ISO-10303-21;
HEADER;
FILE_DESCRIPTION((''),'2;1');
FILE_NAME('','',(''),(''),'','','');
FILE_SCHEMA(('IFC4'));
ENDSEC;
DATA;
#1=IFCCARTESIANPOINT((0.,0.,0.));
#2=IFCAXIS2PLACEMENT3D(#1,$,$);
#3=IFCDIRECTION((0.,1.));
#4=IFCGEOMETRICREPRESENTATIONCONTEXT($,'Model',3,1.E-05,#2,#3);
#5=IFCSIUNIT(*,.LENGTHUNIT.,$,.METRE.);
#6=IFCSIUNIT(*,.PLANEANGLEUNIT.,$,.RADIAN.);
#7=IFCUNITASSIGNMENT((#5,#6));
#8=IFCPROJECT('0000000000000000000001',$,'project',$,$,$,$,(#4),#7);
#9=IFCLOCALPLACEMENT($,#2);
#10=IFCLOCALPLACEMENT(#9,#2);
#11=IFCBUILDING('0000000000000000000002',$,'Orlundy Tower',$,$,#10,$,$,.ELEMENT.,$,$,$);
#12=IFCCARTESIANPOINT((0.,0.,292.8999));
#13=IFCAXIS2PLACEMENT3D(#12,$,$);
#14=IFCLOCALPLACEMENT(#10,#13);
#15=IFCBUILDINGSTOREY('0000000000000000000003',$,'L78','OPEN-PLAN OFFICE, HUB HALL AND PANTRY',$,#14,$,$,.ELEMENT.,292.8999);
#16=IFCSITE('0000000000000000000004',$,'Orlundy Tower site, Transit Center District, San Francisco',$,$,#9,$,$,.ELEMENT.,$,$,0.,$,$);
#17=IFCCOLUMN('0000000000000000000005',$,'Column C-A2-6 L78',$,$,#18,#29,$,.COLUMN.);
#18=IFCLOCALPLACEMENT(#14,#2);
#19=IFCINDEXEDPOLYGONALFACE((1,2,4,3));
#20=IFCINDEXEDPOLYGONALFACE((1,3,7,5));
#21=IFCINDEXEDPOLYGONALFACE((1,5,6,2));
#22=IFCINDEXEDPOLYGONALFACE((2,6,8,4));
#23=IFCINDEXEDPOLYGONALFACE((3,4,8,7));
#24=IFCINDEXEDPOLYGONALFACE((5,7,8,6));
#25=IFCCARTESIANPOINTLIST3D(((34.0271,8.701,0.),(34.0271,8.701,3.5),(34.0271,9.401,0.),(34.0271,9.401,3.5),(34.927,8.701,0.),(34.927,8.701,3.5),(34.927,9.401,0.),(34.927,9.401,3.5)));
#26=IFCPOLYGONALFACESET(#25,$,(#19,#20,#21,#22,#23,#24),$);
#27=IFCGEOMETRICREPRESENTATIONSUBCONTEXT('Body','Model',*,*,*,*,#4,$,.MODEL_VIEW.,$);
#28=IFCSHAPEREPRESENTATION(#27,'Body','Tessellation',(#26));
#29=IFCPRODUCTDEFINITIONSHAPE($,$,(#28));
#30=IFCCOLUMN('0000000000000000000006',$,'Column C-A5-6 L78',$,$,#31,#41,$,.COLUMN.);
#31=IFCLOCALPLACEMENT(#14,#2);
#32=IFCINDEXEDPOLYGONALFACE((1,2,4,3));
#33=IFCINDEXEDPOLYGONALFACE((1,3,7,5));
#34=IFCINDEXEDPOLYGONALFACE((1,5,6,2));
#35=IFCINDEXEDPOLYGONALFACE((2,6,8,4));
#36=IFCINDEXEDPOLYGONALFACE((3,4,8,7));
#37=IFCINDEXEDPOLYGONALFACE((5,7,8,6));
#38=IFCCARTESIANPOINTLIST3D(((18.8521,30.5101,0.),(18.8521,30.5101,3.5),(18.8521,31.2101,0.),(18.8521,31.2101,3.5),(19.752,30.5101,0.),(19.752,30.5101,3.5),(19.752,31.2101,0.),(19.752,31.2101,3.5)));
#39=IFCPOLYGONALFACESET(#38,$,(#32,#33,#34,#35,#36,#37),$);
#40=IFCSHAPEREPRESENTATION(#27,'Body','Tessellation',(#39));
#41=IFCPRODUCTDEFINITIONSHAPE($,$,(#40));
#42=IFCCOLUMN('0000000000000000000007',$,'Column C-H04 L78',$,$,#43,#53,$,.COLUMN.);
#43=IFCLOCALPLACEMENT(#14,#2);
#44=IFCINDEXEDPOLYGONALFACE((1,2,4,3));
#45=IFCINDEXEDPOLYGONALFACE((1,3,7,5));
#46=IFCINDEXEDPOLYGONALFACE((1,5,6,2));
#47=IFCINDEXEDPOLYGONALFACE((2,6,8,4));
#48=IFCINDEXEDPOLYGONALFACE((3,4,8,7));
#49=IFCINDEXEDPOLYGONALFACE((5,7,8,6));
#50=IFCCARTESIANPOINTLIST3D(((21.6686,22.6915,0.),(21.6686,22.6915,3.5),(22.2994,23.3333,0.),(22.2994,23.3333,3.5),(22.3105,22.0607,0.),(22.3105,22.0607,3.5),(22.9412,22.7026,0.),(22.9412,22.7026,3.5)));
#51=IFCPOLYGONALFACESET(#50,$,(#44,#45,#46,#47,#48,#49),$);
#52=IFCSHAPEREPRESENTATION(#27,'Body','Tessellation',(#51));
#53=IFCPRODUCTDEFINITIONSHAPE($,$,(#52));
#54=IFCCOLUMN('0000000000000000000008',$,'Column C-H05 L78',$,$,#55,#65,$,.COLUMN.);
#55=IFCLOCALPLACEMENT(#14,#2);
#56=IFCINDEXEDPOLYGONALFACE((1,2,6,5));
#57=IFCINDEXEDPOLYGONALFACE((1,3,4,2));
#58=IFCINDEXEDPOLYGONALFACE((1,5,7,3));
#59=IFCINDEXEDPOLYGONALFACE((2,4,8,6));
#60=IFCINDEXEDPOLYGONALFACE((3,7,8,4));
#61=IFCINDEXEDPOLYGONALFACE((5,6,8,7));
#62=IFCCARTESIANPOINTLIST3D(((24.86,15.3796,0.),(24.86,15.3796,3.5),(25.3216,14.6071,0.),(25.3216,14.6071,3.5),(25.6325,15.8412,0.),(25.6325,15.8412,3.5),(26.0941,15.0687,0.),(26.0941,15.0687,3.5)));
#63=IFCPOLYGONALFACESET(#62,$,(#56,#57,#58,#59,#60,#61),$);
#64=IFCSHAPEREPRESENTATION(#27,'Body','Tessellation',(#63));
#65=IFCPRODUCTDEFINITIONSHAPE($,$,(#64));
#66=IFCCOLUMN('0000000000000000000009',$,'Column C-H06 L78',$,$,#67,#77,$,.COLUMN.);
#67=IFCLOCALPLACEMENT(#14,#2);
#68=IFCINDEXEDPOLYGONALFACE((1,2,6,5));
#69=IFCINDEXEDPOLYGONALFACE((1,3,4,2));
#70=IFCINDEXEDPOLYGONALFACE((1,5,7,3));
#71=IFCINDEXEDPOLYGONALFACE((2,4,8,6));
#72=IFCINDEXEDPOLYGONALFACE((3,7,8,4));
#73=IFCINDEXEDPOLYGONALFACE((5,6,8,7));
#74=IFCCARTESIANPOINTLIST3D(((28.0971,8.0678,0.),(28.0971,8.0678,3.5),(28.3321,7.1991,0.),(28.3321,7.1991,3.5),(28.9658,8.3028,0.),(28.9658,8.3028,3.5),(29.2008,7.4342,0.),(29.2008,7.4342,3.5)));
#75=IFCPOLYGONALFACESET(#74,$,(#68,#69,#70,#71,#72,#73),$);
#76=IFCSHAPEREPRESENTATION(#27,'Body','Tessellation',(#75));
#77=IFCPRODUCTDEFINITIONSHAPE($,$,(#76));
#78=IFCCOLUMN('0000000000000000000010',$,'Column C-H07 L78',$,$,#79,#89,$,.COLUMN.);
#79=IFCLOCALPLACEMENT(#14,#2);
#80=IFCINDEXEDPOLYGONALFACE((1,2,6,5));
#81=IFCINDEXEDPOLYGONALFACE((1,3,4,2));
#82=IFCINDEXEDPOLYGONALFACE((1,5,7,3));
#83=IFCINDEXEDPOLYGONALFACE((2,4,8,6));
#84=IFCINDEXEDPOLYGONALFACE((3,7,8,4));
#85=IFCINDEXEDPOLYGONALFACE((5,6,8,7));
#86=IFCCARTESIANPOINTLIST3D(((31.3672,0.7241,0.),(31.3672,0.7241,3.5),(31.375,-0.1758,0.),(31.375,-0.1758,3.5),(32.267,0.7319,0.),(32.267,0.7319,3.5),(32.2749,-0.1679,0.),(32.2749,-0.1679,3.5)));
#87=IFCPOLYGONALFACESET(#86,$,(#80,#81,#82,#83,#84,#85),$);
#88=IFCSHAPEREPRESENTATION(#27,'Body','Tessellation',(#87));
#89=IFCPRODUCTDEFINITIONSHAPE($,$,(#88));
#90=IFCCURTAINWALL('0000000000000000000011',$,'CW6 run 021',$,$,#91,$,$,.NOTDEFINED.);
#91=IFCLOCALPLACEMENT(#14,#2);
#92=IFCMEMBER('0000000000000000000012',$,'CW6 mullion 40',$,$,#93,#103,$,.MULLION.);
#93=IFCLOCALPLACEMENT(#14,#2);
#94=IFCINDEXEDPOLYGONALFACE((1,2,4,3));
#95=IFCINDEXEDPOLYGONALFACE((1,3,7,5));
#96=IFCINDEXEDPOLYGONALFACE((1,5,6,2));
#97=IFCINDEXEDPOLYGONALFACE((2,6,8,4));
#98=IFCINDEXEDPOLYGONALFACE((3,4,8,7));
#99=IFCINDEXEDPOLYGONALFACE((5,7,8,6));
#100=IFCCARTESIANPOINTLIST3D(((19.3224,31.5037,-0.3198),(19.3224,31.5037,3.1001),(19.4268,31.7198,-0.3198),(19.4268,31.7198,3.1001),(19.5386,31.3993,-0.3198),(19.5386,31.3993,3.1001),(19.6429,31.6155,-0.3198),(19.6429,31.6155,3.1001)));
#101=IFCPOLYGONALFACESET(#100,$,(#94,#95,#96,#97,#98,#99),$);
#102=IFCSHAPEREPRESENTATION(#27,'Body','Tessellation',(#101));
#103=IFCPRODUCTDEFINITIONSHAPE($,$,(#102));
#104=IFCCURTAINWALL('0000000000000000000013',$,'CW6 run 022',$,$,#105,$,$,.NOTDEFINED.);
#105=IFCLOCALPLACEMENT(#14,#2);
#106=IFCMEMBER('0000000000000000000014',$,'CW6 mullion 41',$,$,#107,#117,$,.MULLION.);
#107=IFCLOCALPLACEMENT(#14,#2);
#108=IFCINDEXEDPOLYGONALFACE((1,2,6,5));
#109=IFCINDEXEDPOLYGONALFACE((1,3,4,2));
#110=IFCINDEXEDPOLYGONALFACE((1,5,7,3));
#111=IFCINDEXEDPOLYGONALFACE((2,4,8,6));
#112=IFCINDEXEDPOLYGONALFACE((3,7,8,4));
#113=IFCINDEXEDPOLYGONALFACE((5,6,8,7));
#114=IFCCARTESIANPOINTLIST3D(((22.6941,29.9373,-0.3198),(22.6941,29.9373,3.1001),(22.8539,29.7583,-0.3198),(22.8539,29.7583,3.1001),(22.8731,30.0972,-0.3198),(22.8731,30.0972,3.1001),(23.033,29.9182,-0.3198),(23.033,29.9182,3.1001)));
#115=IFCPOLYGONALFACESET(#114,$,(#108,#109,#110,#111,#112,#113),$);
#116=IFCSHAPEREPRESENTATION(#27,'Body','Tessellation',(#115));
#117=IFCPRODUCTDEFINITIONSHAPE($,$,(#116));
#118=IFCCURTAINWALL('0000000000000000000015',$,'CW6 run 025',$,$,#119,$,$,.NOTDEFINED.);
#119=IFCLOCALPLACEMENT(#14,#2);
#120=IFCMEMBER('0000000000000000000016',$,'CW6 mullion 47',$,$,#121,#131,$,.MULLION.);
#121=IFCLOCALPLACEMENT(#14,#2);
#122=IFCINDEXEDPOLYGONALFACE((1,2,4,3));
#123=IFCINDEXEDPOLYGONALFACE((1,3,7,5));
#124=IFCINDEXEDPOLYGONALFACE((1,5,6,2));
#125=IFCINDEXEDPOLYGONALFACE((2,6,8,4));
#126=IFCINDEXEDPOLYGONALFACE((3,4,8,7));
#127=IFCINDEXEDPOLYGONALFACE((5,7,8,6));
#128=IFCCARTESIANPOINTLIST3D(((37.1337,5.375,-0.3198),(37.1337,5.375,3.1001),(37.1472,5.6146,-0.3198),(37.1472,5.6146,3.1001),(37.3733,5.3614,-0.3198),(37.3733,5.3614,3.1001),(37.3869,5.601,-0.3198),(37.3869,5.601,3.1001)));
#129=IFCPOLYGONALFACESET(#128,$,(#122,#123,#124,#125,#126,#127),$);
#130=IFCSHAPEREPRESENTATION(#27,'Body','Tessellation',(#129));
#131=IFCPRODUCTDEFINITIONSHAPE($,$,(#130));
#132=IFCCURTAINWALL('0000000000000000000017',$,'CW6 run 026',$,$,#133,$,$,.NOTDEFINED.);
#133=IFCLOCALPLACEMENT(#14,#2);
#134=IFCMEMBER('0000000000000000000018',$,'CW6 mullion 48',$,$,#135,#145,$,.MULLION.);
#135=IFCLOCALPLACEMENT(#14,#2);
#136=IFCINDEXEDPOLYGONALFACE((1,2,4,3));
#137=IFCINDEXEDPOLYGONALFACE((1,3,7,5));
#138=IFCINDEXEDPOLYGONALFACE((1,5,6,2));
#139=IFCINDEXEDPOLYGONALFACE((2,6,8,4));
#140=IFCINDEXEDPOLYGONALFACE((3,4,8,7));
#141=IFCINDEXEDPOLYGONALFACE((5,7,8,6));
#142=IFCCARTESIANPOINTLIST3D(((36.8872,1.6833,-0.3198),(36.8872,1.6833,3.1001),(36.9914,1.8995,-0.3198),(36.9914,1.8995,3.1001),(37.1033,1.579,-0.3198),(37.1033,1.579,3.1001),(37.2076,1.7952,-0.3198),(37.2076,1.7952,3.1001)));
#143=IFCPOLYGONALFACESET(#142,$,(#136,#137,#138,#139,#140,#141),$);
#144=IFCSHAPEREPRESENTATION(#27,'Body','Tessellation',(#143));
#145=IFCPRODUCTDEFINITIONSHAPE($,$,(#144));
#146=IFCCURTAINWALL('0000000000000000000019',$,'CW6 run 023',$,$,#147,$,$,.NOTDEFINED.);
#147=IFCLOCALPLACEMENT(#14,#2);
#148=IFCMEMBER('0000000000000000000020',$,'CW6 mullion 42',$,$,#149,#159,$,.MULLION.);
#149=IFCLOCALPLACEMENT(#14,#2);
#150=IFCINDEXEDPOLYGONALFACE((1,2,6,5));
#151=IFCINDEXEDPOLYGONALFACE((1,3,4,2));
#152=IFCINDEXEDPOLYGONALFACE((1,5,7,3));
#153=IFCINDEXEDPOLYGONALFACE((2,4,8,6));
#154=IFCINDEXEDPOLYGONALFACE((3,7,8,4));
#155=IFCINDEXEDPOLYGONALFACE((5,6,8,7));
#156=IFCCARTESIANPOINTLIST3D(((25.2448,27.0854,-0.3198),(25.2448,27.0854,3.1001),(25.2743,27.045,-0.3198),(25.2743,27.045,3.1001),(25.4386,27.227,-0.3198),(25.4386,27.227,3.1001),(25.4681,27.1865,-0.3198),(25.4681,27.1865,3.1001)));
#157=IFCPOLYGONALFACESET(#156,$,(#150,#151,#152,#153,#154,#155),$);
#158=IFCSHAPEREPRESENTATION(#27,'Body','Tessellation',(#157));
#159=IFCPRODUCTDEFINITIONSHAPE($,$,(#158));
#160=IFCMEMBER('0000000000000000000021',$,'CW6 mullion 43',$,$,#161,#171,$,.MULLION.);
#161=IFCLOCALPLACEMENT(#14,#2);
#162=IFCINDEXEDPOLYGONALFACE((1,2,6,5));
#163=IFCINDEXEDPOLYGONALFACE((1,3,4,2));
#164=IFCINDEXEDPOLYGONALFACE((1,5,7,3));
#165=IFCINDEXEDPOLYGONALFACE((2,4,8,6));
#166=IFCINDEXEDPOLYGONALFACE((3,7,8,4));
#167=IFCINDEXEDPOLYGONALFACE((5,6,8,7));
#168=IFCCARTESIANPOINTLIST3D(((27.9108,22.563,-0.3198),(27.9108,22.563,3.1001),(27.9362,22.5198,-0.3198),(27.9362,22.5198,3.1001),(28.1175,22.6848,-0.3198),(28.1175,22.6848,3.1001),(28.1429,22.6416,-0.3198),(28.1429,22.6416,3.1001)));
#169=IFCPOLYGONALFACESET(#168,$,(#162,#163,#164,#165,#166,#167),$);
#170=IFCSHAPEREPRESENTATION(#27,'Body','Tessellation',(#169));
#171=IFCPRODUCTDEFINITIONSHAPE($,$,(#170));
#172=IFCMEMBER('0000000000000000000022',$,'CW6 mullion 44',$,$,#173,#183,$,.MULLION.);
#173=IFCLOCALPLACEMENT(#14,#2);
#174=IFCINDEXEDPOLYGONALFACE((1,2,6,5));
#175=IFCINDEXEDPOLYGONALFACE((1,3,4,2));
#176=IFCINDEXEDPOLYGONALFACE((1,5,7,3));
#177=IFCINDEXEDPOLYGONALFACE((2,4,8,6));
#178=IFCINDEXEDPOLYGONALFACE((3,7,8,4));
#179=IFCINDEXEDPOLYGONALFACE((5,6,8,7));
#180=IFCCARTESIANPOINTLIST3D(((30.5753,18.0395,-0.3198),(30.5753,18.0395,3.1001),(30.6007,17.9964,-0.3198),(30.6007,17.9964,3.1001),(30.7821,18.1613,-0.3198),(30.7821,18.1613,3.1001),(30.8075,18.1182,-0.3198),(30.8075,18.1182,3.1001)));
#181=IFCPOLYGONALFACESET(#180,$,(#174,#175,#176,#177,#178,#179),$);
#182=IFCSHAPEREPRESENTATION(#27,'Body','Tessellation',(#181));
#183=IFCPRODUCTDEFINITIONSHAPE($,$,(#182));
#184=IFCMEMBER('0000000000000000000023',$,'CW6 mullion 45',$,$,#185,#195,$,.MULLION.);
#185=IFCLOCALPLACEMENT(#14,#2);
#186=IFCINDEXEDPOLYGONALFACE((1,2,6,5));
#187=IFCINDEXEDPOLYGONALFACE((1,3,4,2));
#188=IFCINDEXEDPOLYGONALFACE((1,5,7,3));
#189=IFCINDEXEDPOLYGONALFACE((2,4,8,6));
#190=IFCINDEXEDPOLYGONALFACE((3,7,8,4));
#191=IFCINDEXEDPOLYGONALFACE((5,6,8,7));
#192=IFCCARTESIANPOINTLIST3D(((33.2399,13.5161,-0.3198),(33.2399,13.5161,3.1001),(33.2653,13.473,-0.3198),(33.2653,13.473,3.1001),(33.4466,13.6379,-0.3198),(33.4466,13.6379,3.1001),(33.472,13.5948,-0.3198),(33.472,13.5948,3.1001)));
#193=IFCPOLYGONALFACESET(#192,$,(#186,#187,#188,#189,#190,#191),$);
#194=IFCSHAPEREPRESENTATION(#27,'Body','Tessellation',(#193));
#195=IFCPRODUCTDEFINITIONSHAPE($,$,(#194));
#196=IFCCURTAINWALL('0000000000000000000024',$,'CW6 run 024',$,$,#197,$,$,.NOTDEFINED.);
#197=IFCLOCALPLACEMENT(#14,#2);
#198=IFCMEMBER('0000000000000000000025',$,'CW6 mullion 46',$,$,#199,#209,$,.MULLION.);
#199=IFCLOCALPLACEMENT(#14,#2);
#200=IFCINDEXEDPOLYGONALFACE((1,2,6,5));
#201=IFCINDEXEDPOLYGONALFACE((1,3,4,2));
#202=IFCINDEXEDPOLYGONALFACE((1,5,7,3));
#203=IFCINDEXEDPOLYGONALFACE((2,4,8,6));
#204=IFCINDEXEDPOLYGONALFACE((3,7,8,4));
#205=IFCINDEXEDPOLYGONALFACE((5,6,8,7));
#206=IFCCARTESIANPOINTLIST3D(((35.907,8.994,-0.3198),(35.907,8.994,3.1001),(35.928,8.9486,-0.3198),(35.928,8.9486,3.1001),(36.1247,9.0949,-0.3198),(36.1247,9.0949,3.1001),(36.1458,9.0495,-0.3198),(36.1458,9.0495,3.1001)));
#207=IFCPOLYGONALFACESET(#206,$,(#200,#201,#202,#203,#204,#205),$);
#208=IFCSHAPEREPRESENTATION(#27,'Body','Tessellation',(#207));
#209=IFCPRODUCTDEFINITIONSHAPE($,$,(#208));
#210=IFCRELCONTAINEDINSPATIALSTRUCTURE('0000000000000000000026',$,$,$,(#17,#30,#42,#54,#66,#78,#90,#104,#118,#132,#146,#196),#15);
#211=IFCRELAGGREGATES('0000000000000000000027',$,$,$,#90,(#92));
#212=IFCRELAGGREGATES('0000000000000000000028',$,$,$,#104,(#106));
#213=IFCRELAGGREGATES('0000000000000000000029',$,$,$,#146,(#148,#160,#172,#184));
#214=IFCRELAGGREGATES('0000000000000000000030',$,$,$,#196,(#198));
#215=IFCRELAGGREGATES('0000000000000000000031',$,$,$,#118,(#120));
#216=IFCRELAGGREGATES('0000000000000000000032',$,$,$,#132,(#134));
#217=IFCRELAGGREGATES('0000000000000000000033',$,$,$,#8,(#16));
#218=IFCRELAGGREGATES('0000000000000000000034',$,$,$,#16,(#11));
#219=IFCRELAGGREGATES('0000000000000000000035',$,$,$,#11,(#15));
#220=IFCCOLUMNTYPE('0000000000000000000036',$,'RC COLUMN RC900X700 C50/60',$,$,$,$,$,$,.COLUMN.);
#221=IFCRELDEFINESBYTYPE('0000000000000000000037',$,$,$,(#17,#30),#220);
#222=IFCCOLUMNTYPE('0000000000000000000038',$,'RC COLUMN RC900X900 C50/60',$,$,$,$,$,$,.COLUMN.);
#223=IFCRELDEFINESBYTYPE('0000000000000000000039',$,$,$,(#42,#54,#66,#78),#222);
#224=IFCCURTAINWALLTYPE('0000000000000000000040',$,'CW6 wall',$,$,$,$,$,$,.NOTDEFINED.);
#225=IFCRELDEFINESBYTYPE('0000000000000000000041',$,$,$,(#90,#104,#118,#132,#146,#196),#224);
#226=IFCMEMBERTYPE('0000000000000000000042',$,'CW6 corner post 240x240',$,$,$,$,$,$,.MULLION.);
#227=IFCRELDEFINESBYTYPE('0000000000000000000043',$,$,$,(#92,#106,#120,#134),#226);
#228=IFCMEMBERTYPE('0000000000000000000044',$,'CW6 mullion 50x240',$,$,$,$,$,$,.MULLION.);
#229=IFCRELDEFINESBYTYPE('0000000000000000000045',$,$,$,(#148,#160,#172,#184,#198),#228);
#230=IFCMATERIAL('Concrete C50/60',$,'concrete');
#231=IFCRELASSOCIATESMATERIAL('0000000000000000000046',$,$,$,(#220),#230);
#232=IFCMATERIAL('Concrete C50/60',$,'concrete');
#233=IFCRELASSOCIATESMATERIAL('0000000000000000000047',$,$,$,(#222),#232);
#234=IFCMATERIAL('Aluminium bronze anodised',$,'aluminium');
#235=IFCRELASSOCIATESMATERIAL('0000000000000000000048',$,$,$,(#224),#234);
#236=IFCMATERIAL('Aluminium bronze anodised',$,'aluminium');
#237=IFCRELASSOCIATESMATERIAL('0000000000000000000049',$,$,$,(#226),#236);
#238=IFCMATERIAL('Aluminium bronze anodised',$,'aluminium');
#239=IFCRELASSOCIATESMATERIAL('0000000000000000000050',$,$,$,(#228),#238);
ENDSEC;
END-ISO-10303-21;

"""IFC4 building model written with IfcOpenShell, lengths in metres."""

from ifc_helpers import new_model, si_unit, direction, frame, origin, origin_2d, place, context, subcontext, project, spatial, rectangle, extrude, material, material_profile, profile_set, type_object, element, aggregate, save


model = new_model("IFC4")

# Units and contexts
model_context = context("Model", 3, precision=1e-05, world=origin(), true_north=direction((0.0, 1.0)))
body_context = subcontext(model_context, "Body", "Model", "MODEL_VIEW")
ifc_project = project(units=[si_unit("LENGTHUNIT", "METRE"), si_unit("PLANEANGLEUNIT", "RADIAN")], contexts=[model_context])

# Site, building, storey
site_placement = place(None, origin())
site = spatial("IfcSite", under=ifc_project, at=site_placement, Name="Orlundy Tower site, Transit Center District, San Francisco", CompositionType="ELEMENT", RefElevation=0.0)
building_placement = place(site_placement, origin())
building = spatial("IfcBuilding", under=site, at=building_placement, Name="Orlundy Tower", CompositionType="ELEMENT")
storey_placement = place(building_placement, frame((0.0, 0.0, 292.8999)))
storey = spatial("IfcBuildingStorey", under=building, at=storey_placement, Name="L78", Description="OPEN-PLAN OFFICE, HUB HALL AND PANTRY", CompositionType="ELEMENT", Elevation=292.8999)

# Columns
ifc_material_1 = material(Name="Concrete C50/60", Category="concrete")
ifc_material_profile_1 = material_profile(ifc_material_1, rectangle(XDim=0.8999, YDim=0.7, at=origin_2d()), Name="RC900X700")
ifc_profile_set_1 = profile_set([ifc_material_profile_1], Name="Concrete C50/60")
column_type_1 = type_object("IfcColumnType", Name="RC COLUMN RC900X700 C50/60", PredefinedType="COLUMN", material=ifc_profile_set_1)
for number, where, z_axis, x_axis, name in (
    (1, (34.4771, 9.051, 0.0), (0.0, 0.0, 1.0), (1.0, 0.0, 0.0), "Column C-A2-6 L78"),
    (2, (19.302, 30.8601, 0.0), (0.0, 0.0, 1.0), (1.0, 0.0, 0.0), "Column C-A5-6 L78"),
):
    element("IfcColumn", number, at=place(storey_placement, frame(where, z_axis=z_axis, x_axis=x_axis)), inside=storey, type_object=column_type_1, Name=name, PredefinedType="COLUMN", context=body_context, shape_type="SweptSolid", body=[
        extrude(rectangle(XDim=0.8999, YDim=0.7, at=origin_2d()), origin(), (0.0, 0.0, 1.0), 3.5),
    ])
ifc_material_2 = material(Name="Concrete C50/60", Category="concrete")
ifc_material_profile_2 = material_profile(ifc_material_2, rectangle(XDim=0.8999, YDim=0.8999, at=origin_2d()), Name="RC900X900")
ifc_profile_set_2 = profile_set([ifc_material_profile_2], Name="Concrete C50/60")
column_type_2 = type_object("IfcColumnType", Name="RC COLUMN RC900X900 C50/60", PredefinedType="COLUMN", material=ifc_profile_set_2)
for number, where, z_axis, x_axis, name in (
    (3, (22.3049, 22.697, 0.0), (0.0, 0.0, 1.0), (0.700922, 0.713238, 0.0), "Column C-H04 L78"),
    (4, (25.4771, 15.2241, 0.0), (0.0, 0.0, 1.0), (0.858414, 0.512957, 0.0), "Column C-H05 L78"),
    (5, (28.6489, 7.751, 0.0), (0.0, 0.0, 1.0), (0.965295, 0.261162, 0.0), "Column C-H06 L78"),
    (6, (31.821, 0.2781, 0.0), (0.0, 0.0, 1.0), (0.999962, 0.008744, 0.0), "Column C-H07 L78"),
):
    element("IfcColumn", number, at=place(storey_placement, frame(where, z_axis=z_axis, x_axis=x_axis)), inside=storey, type_object=column_type_2, Name=name, PredefinedType="COLUMN", context=body_context, shape_type="SweptSolid", body=[
        extrude(rectangle(XDim=0.8999, YDim=0.8999, at=origin_2d()), origin(), (0.0, 0.0, 1.0), 3.5),
    ])

# Curtain walls, members
ifc_material_3 = material(Name="Aluminium bronze anodised", Category="aluminium")
curtain_wall_type = type_object("IfcCurtainWallType", Name="CW6 wall", PredefinedType="NOTDEFINED", material=ifc_material_3)
curtain_wall_1_placement = place(storey_placement, origin())
curtain_wall_1 = element("IfcCurtainWall", 7, at=curtain_wall_1_placement, inside=storey, type_object=curtain_wall_type, Name="CW6 run 021", PredefinedType="NOTDEFINED")
ifc_material_4 = material(Name="Aluminium bronze anodised", Category="aluminium")
ifc_material_profile_3 = material_profile(ifc_material_4, rectangle(XDim=0.24, YDim=0.24, at=origin_2d()), Name="CW6 corner post 240x240")
ifc_profile_set_3 = profile_set([ifc_material_profile_3], Name="Aluminium bronze anodised")
member_type_1 = type_object("IfcMemberType", Name="CW6 corner post 240x240", PredefinedType="MULLION", material=ifc_profile_set_3)
member_1_placement = place(storey_placement, frame((19.4827, 31.5596, -0.3198), z_axis=(0.0, 0.0, 1.0), x_axis=(0.434651, 0.900599, 0.0)))
member_1 = element("IfcMember", 8, at=member_1_placement, type_object=member_type_1, Name="CW6 mullion 40", PredefinedType="MULLION", context=body_context, shape_type="SweptSolid", body=[
    extrude(rectangle(XDim=0.24, YDim=0.24, at=origin_2d()), origin(), (0.0, 0.0, 1.0), 3.4199),
])
curtain_wall_2_placement = place(storey_placement, origin())
curtain_wall_2 = element("IfcCurtainWall", 9, at=curtain_wall_2_placement, inside=storey, type_object=curtain_wall_type, Name="CW6 run 022", PredefinedType="NOTDEFINED")
member_2_placement = place(storey_placement, frame((22.8635, 29.9277, -0.3198), z_axis=(0.0, 0.0, 1.0), x_axis=(0.745904, 0.666053, 0.0)))
member_2 = element("IfcMember", 10, at=member_2_placement, type_object=member_type_1, Name="CW6 mullion 41", PredefinedType="MULLION", context=body_context, shape_type="SweptSolid", body=[
    extrude(rectangle(XDim=0.24, YDim=0.24, at=origin_2d()), origin(), (0.0, 0.0, 1.0), 3.4199),
])
curtain_wall_3_placement = place(storey_placement, origin())
curtain_wall_3 = element("IfcCurtainWall", 11, at=curtain_wall_3_placement, inside=storey, type_object=curtain_wall_type, Name="CW6 run 025", PredefinedType="NOTDEFINED")
member_3_placement = place(storey_placement, frame((37.2603, 5.488, -0.3198), z_axis=(0.0, 0.0, 1.0), x_axis=(0.998394, -0.05665, 0.0)))
member_3 = element("IfcMember", 12, at=member_3_placement, type_object=member_type_1, Name="CW6 mullion 47", PredefinedType="MULLION", context=body_context, shape_type="SweptSolid", body=[
    extrude(rectangle(XDim=0.24, YDim=0.24, at=origin_2d()), origin(), (0.0, 0.0, 1.0), 3.4199),
])
curtain_wall_4_placement = place(storey_placement, origin())
curtain_wall_4 = element("IfcCurtainWall", 13, at=curtain_wall_4_placement, inside=storey, type_object=curtain_wall_type, Name="CW6 run 026", PredefinedType="NOTDEFINED")
member_4_placement = place(storey_placement, frame((37.0474, 1.7393, -0.3198), z_axis=(0.0, 0.0, 1.0), x_axis=(0.900705, -0.434432, 0.0)))
member_4 = element("IfcMember", 14, at=member_4_placement, type_object=member_type_1, Name="CW6 mullion 48", PredefinedType="MULLION", context=body_context, shape_type="SweptSolid", body=[
    extrude(rectangle(XDim=0.24, YDim=0.24, at=origin_2d()), origin(), (0.0, 0.0, 1.0), 3.4199),
])

# Curtain wall, members
curtain_wall_5_placement = place(storey_placement, origin())
curtain_wall_5 = element("IfcCurtainWall", 15, at=curtain_wall_5_placement, inside=storey, type_object=curtain_wall_type, Name="CW6 run 023", PredefinedType="NOTDEFINED")
ifc_material_5 = material(Name="Aluminium bronze anodised", Category="aluminium")
ifc_material_profile_4 = material_profile(ifc_material_5, rectangle(XDim=0.24, YDim=0.05, at=origin_2d()), Name="CW6 mullion 50x240")
ifc_profile_set_4 = profile_set([ifc_material_profile_4], Name="Aluminium bronze anodised")
member_type_2 = type_object("IfcMemberType", Name="CW6 mullion 50x240", PredefinedType="MULLION", material=ifc_profile_set_4)
member_5_placement = place(storey_placement, frame((25.3564, 27.136, -0.3198), z_axis=(0.0, 0.0, 1.0), x_axis=(0.807667, 0.589639, 0.0)))
member_5 = element("IfcMember", 16, at=member_5_placement, type_object=member_type_2, Name="CW6 mullion 42", PredefinedType="MULLION", context=body_context, shape_type="SweptSolid", body=[
    extrude(rectangle(XDim=0.24, YDim=0.05, at=origin_2d()), origin(), (0.0, 0.0, 1.0), 3.4199),
])
member_6_placement = place(storey_placement, frame((28.0269, 22.6023, -0.3198), z_axis=(0.0, 0.0, 1.0), x_axis=(0.861633, 0.507532, 0.0)))
member_6 = element("IfcMember", 17, at=member_6_placement, type_object=member_type_2, Name="CW6 mullion 43", PredefinedType="MULLION", context=body_context, shape_type="SweptSolid", body=[
    extrude(rectangle(XDim=0.24, YDim=0.05, at=origin_2d()), origin(), (0.0, 0.0, 1.0), 3.4199),
])
member_7_placement = place(storey_placement, frame((30.6914, 18.0789, -0.3198), z_axis=(0.0, 0.0, 1.0), x_axis=(0.861633, 0.507532, 0.0)))
member_7 = element("IfcMember", 18, at=member_7_placement, type_object=member_type_2, Name="CW6 mullion 44", PredefinedType="MULLION", context=body_context, shape_type="SweptSolid", body=[
    extrude(rectangle(XDim=0.24, YDim=0.05, at=origin_2d()), origin(), (0.0, 0.0, 1.0), 3.4199),
])
member_8_placement = place(storey_placement, frame((33.356, 13.5554, -0.3198), z_axis=(0.0, 0.0, 1.0), x_axis=(0.861633, 0.507532, 0.0)))
member_8 = element("IfcMember", 19, at=member_8_placement, type_object=member_type_2, Name="CW6 mullion 45", PredefinedType="MULLION", context=body_context, shape_type="SweptSolid", body=[
    extrude(rectangle(XDim=0.24, YDim=0.05, at=origin_2d()), origin(), (0.0, 0.0, 1.0), 3.4199),
])

# Curtain wall, member
curtain_wall_6_placement = place(storey_placement, origin())
curtain_wall_6 = element("IfcCurtainWall", 20, at=curtain_wall_6_placement, inside=storey, type_object=curtain_wall_type, Name="CW6 run 024", PredefinedType="NOTDEFINED")
member_9_placement = place(storey_placement, frame((36.0264, 9.0217, -0.3198), z_axis=(0.0, 0.0, 1.0), x_axis=(0.907243, 0.420607, 0.0)))
member_9 = element("IfcMember", 21, at=member_9_placement, type_object=member_type_2, Name="CW6 mullion 46", PredefinedType="MULLION", context=body_context, shape_type="SweptSolid", body=[
    extrude(rectangle(XDim=0.24, YDim=0.05, at=origin_2d()), origin(), (0.0, 0.0, 1.0), 3.4199),
])

aggregate(curtain_wall_1, [member_1])
aggregate(curtain_wall_2, [member_2])
aggregate(curtain_wall_5, [member_5, member_6, member_7, member_8])
aggregate(curtain_wall_6, [member_9])
aggregate(curtain_wall_3, [member_3])
aggregate(curtain_wall_4, [member_4])

save(model, "model.ifc")
